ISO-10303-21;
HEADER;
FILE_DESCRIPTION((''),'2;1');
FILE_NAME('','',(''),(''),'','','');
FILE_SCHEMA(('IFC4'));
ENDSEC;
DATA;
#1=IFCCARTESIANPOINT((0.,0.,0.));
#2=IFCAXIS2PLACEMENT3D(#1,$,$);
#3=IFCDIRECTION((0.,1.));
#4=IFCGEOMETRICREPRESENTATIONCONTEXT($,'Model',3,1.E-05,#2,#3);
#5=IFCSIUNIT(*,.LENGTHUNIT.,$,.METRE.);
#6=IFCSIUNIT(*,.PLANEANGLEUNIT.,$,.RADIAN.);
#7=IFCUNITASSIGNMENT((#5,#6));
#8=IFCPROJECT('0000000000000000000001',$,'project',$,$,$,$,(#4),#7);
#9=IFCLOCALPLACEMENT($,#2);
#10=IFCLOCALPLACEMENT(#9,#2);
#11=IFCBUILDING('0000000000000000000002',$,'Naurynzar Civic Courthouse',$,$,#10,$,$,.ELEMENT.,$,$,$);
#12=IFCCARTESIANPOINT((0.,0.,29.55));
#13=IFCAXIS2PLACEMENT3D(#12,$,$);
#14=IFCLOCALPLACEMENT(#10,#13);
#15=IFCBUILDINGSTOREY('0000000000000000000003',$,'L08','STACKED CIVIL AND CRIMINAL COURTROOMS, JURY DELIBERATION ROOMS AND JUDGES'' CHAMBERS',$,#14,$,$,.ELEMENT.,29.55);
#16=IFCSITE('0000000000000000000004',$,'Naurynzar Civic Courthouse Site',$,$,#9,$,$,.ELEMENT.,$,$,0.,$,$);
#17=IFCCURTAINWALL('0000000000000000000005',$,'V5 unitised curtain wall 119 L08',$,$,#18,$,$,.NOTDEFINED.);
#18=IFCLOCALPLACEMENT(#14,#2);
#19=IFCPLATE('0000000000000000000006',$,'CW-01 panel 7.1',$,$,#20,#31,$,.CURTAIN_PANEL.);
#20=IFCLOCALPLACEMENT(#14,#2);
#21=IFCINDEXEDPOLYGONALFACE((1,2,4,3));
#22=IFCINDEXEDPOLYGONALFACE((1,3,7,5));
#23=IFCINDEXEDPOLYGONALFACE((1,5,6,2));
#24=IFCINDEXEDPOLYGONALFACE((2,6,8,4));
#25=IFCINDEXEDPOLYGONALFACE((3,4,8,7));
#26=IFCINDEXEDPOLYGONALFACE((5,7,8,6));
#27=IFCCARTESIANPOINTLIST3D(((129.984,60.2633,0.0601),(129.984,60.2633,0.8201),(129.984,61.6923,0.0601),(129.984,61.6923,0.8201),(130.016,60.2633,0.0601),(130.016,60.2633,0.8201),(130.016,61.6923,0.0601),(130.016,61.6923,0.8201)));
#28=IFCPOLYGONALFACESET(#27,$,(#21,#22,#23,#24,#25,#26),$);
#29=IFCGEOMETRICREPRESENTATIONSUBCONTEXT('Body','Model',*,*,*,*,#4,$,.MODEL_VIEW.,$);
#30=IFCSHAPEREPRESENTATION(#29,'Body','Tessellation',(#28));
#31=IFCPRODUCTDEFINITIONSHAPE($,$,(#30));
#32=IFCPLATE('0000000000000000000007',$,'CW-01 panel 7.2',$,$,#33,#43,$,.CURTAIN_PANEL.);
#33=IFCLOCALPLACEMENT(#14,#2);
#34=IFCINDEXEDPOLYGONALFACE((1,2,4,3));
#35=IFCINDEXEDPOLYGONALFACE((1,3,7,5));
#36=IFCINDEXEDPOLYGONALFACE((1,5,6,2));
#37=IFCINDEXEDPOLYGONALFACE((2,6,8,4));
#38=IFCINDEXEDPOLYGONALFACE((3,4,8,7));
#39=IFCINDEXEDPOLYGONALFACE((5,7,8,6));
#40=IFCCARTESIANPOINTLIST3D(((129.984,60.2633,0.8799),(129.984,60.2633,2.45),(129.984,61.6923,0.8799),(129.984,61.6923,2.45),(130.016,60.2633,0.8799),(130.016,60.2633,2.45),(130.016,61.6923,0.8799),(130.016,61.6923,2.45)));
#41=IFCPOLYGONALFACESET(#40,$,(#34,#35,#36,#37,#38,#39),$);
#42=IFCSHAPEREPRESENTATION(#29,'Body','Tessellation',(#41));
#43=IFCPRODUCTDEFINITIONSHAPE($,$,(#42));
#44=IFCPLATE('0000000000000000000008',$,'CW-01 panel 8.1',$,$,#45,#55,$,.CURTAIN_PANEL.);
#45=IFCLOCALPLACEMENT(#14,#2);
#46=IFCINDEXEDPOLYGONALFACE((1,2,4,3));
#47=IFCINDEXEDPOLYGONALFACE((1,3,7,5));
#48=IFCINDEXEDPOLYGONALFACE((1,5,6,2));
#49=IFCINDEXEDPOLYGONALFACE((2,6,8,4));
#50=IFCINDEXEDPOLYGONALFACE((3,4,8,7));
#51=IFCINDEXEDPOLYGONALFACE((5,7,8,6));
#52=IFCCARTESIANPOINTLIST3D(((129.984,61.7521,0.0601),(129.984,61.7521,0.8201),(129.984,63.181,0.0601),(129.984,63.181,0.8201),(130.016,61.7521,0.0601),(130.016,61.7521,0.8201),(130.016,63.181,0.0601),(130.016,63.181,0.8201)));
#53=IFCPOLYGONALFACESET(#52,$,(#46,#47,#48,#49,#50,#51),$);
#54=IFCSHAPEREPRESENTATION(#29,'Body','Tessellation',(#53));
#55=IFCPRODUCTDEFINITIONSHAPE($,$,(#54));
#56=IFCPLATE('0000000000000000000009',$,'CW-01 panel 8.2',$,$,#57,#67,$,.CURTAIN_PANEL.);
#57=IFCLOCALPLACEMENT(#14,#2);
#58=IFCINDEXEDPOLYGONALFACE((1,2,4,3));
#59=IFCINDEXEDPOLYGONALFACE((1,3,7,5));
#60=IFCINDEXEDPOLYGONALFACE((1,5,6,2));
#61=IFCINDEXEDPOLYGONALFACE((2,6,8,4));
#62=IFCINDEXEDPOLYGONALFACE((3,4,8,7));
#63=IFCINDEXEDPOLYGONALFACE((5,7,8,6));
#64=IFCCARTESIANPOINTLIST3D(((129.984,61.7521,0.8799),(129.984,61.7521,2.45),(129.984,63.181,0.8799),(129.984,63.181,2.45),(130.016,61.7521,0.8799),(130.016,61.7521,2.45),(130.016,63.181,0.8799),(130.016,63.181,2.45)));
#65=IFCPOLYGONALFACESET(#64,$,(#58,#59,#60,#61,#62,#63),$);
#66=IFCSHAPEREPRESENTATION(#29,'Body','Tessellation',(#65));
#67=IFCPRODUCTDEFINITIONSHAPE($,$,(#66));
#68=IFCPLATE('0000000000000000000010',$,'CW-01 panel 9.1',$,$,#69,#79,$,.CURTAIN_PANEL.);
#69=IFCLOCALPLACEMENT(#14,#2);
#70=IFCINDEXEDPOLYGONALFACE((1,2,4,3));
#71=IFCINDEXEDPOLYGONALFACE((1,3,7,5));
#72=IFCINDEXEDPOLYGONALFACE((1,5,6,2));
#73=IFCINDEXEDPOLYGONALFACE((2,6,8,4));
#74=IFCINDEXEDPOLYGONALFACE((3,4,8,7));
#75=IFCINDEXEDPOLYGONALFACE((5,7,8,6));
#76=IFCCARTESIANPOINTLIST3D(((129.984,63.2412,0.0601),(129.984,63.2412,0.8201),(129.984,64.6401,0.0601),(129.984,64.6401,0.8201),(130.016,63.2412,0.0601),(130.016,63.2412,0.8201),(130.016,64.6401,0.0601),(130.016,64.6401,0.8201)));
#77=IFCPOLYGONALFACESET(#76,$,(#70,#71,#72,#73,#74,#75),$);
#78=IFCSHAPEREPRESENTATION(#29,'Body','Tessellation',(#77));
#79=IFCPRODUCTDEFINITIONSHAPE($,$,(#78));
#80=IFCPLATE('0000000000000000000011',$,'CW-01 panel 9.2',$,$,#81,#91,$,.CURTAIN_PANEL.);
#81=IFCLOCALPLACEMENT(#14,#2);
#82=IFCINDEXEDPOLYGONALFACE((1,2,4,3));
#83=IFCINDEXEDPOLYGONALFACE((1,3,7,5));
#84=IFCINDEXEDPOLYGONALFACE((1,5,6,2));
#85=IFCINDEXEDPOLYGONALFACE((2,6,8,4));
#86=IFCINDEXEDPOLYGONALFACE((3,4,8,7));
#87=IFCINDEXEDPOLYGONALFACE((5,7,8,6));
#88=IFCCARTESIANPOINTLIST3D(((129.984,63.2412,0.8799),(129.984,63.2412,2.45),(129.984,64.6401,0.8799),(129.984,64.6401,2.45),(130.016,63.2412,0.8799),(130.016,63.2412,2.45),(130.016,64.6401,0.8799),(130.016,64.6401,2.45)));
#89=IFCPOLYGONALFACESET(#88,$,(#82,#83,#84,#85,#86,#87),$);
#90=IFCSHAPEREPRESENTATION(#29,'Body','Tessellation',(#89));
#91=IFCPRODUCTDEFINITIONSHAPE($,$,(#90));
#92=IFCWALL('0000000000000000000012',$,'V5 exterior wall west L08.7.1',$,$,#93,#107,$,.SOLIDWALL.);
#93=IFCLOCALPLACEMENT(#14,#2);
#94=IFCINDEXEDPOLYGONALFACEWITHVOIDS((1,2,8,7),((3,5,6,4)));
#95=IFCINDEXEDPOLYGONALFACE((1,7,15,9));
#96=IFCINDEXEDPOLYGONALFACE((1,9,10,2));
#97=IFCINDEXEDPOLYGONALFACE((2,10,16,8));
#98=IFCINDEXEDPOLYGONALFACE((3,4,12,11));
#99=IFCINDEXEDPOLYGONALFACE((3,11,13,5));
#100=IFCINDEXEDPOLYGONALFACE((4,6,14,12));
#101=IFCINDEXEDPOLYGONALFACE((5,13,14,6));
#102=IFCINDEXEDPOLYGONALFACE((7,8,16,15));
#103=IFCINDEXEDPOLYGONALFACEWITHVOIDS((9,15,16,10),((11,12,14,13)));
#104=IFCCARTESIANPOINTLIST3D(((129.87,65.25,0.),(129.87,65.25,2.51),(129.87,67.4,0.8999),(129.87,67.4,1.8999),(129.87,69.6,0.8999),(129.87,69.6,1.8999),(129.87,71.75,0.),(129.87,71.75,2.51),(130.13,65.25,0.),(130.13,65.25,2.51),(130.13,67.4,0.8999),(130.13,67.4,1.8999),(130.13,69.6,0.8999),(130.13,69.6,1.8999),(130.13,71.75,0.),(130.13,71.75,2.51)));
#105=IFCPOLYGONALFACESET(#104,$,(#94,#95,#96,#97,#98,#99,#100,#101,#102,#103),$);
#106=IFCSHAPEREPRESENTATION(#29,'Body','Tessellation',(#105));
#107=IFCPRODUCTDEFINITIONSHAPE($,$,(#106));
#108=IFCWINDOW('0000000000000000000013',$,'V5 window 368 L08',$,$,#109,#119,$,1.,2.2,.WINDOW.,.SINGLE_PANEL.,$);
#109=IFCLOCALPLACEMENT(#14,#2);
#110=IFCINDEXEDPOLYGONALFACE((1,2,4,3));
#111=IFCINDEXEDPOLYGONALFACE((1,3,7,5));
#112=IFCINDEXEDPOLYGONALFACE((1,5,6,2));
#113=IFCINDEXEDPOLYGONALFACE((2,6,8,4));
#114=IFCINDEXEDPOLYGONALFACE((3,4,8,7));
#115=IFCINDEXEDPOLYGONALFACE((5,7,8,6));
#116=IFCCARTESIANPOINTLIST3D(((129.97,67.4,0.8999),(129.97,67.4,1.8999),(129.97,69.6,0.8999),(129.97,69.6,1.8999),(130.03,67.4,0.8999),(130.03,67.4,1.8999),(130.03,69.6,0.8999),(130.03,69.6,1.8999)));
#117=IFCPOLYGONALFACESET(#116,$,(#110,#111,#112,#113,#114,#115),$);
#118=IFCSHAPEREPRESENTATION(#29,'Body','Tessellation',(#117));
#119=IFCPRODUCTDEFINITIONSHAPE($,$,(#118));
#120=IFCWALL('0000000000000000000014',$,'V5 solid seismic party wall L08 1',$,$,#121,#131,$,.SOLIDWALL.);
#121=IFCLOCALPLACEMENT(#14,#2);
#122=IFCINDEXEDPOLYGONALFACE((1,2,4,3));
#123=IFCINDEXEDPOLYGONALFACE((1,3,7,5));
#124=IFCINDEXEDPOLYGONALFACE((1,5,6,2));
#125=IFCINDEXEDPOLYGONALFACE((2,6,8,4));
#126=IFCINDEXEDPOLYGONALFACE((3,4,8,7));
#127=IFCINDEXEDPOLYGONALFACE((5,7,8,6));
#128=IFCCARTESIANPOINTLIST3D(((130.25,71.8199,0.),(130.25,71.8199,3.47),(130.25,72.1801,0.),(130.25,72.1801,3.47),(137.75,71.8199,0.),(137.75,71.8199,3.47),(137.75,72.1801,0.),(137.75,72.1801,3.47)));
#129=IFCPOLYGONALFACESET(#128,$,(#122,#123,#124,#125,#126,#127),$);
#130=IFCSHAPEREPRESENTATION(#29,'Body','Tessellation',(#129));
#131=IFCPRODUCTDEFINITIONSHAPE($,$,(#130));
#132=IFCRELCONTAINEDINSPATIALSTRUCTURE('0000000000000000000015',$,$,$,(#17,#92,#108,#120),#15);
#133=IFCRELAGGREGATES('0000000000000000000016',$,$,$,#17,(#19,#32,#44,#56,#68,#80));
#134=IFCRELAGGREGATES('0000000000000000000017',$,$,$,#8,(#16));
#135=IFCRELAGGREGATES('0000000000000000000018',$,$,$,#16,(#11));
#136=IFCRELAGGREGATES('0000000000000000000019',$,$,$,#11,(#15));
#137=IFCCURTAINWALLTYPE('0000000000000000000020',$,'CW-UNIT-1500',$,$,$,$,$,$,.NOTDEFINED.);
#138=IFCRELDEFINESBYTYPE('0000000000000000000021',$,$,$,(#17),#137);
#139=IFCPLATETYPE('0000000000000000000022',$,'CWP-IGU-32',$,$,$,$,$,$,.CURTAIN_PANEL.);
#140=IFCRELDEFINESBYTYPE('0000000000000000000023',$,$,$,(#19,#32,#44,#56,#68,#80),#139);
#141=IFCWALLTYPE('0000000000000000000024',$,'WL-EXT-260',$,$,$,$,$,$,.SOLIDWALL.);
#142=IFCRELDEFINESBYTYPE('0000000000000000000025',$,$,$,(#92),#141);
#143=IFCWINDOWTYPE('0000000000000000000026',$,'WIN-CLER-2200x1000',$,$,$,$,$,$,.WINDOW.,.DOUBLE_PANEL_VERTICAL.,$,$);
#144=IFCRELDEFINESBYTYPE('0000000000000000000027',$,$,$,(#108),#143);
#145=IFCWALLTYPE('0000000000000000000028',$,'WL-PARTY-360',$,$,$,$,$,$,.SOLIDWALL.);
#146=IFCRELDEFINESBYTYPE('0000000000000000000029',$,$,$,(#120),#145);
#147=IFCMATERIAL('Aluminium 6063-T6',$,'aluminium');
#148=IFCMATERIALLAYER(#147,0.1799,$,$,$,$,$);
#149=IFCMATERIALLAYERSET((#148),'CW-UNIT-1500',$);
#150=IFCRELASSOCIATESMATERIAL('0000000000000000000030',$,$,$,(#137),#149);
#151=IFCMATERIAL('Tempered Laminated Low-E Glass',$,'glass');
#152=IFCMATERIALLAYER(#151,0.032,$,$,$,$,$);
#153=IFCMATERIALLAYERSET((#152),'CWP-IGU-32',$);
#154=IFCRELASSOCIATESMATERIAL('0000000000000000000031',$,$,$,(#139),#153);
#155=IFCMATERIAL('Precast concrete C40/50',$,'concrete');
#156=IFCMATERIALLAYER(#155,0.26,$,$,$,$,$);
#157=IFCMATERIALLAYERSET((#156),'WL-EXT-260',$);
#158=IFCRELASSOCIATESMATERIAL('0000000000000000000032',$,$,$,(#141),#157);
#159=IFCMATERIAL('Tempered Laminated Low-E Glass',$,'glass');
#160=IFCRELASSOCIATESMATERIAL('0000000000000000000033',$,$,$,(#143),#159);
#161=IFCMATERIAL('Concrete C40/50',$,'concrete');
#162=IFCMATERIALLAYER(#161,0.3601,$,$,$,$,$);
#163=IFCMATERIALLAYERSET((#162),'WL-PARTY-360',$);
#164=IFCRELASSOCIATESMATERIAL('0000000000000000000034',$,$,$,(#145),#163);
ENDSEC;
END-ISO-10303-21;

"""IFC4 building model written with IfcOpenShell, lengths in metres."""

from ifc_helpers import new_model, si_unit, direction, frame, frame_2d, origin, origin_2d, place, context, subcontext, project, spatial, rectangle, extrude, material, layer, layer_set, type_object, element, fill, aggregate, save


model = new_model("IFC4")

# Units and contexts
model_context = context("Model", 3, precision=1e-05, world=origin(), true_north=direction((0.0, 1.0)))
body_context = subcontext(model_context, "Body", "Model", "MODEL_VIEW")
ifc_project = project(units=[si_unit("LENGTHUNIT", "METRE"), si_unit("PLANEANGLEUNIT", "RADIAN")], contexts=[model_context])

# Site, building, storey
site_placement = place(None, origin())
site = spatial("IfcSite", under=ifc_project, at=site_placement, Name="Naurynzar Civic Courthouse Site", CompositionType="ELEMENT", RefElevation=0.0)
building_placement = place(site_placement, origin())
building = spatial("IfcBuilding", under=site, at=building_placement, Name="Naurynzar Civic Courthouse", CompositionType="ELEMENT")
storey_placement = place(building_placement, frame((0.0, 0.0, 29.55)))
storey = spatial("IfcBuildingStorey", under=building, at=storey_placement, Name="L08", Description="STACKED CIVIL AND CRIMINAL COURTROOMS, JURY DELIBERATION ROOMS AND JUDGES' CHAMBERS", CompositionType="ELEMENT", Elevation=29.55)

# Curtain wall, plates
ifc_material_1 = material(Name="Aluminium 6063-T6", Category="aluminium")
ifc_layer_1 = layer(ifc_material_1, 0.1799)
ifc_layer_set_1 = layer_set([ifc_layer_1], Name="CW-UNIT-1500")
curtain_wall_type = type_object("IfcCurtainWallType", Name="CW-UNIT-1500", PredefinedType="NOTDEFINED", material=ifc_layer_set_1)
curtain_wall_placement = place(storey_placement, origin())
curtain_wall = element("IfcCurtainWall", 1, at=curtain_wall_placement, inside=storey, type_object=curtain_wall_type, Name="V5 unitised curtain wall 119 L08", PredefinedType="NOTDEFINED")
ifc_material_2 = material(Name="Tempered Laminated Low-E Glass", Category="glass")
ifc_layer_2 = layer(ifc_material_2, 0.032)
ifc_layer_set_2 = layer_set([ifc_layer_2], Name="CWP-IGU-32")
plate_type = type_object("IfcPlateType", Name="CWP-IGU-32", PredefinedType="CURTAIN_PANEL", material=ifc_layer_set_2)
plate_1_placement = place(storey_placement, frame((130.0, 60.9778, 0.0601), z_axis=(0.0, 0.0, 1.0), x_axis=(0.0, 1.0, 0.0)))
plate_1 = element("IfcPlate", 2, at=plate_1_placement, type_object=plate_type, Name="CW-01 panel 7.1", PredefinedType="CURTAIN_PANEL", context=body_context, shape_type="SweptSolid", body=[
    extrude(rectangle(XDim=1.429, YDim=0.032, at=origin_2d()), origin(), (0.0, 0.0, 1.0), 0.76),
])
plate_2_placement = place(storey_placement, frame((130.0, 60.9778, 0.8799), z_axis=(0.0, 0.0, 1.0), x_axis=(0.0, 1.0, 0.0)))
plate_2 = element("IfcPlate", 3, at=plate_2_placement, type_object=plate_type, Name="CW-01 panel 7.2", PredefinedType="CURTAIN_PANEL", context=body_context, shape_type="SweptSolid", body=[
    extrude(rectangle(XDim=1.429, YDim=0.032, at=origin_2d()), origin(), (0.0, 0.0, 1.0), 1.5701),
])
plate_3_placement = place(storey_placement, frame((130.0, 62.4666, 0.0601), z_axis=(0.0, 0.0, 1.0), x_axis=(0.0, 1.0, 0.0)))
plate_3 = element("IfcPlate", 4, at=plate_3_placement, type_object=plate_type, Name="CW-01 panel 8.1", PredefinedType="CURTAIN_PANEL", context=body_context, shape_type="SweptSolid", body=[
    extrude(rectangle(XDim=1.429, YDim=0.032, at=origin_2d()), origin(), (0.0, 0.0, 1.0), 0.76),
])
plate_4_placement = place(storey_placement, frame((130.0, 62.4666, 0.8799), z_axis=(0.0, 0.0, 1.0), x_axis=(0.0, 1.0, 0.0)))
plate_4 = element("IfcPlate", 5, at=plate_4_placement, type_object=plate_type, Name="CW-01 panel 8.2", PredefinedType="CURTAIN_PANEL", context=body_context, shape_type="SweptSolid", body=[
    extrude(rectangle(XDim=1.429, YDim=0.032, at=origin_2d()), origin(), (0.0, 0.0, 1.0), 1.5701),
])
plate_5_placement = place(storey_placement, frame((130.0, 63.9407, 0.0601), z_axis=(0.0, 0.0, 1.0), x_axis=(0.0, 1.0, 0.0)))
plate_5 = element("IfcPlate", 6, at=plate_5_placement, type_object=plate_type, Name="CW-01 panel 9.1", PredefinedType="CURTAIN_PANEL", context=body_context, shape_type="SweptSolid", body=[
    extrude(rectangle(XDim=1.3989, YDim=0.032, at=origin_2d()), origin(), (0.0, 0.0, 1.0), 0.76),
])
plate_6_placement = place(storey_placement, frame((130.0, 63.9407, 0.8799), z_axis=(0.0, 0.0, 1.0), x_axis=(0.0, 1.0, 0.0)))
plate_6 = element("IfcPlate", 7, at=plate_6_placement, type_object=plate_type, Name="CW-01 panel 9.2", PredefinedType="CURTAIN_PANEL", context=body_context, shape_type="SweptSolid", body=[
    extrude(rectangle(XDim=1.3989, YDim=0.032, at=origin_2d()), origin(), (0.0, 0.0, 1.0), 1.5701),
])
aggregate(curtain_wall, [plate_1, plate_2, plate_3, plate_4, plate_5, plate_6])

# Wall, opening, window
ifc_material_3 = material(Name="Precast concrete C40/50", Category="concrete")
ifc_layer_3 = layer(ifc_material_3, 0.26)
ifc_layer_set_3 = layer_set([ifc_layer_3], Name="WL-EXT-260")
wall_type_1 = type_object("IfcWallType", Name="WL-EXT-260", PredefinedType="SOLIDWALL", material=ifc_layer_set_3)
wall_1_placement = place(storey_placement, frame((130.0, 65.25, 0.0), z_axis=(0.0, 0.0, 1.0), x_axis=(0.0, 1.0, 0.0)))
wall_1 = element("IfcWall", 8, at=wall_1_placement, inside=storey, type_object=wall_type_1, Name="V5 exterior wall west L08.7.1", PredefinedType="SOLIDWALL", context=body_context, shape_type="SweptSolid", body=[
    extrude(rectangle(XDim=6.5, YDim=0.26, at=frame_2d((3.25, 0.0))), origin(), (0.0, 0.0, 1.0), 2.51),
])
opening_placement = place(wall_1_placement, frame((2.1499, 0.0, 0.8999)))
opening = element("IfcOpeningElement", 9, at=opening_placement, cuts=wall_1, PredefinedType="OPENING", context=body_context, shape_type="SweptSolid", body=[
    extrude(rectangle(XDim=2.2, YDim=1.0, at=frame_2d((1.1001, 0.5))), frame((0.0, 0.1399, 0.0), z_axis=(0.0, -1.0, 0.0), x_axis=(1.0, 0.0, 0.0)), (0.0, 0.0, 1.0), 0.28),
])
ifc_material_4 = material(Name="Tempered Laminated Low-E Glass", Category="glass")
window_type = type_object("IfcWindowType", Name="WIN-CLER-2200x1000", PartitioningType="DOUBLE_PANEL_VERTICAL", PredefinedType="WINDOW", material=ifc_material_4)
window_placement = place(opening_placement, origin())
window = element("IfcWindow", 10, at=window_placement, inside=storey, type_object=window_type, Name="V5 window 368 L08", OverallHeight=1.0, OverallWidth=2.2, PartitioningType="SINGLE_PANEL", PredefinedType="WINDOW", context=body_context, shape_type="SweptSolid", body=[
    extrude(rectangle(XDim=2.2, YDim=1.0, at=frame_2d((1.1001, 0.5))), frame((0.0, 0.03, 0.0), z_axis=(0.0, -1.0, 0.0), x_axis=(1.0, 0.0, 0.0)), (0.0, 0.0, 1.0), 0.0601),
])
fill(opening, window)

# Wall
ifc_material_5 = material(Name="Concrete C40/50", Category="concrete")
ifc_layer_4 = layer(ifc_material_5, 0.3601)
ifc_layer_set_4 = layer_set([ifc_layer_4], Name="WL-PARTY-360")
wall_type_2 = type_object("IfcWallType", Name="WL-PARTY-360", PredefinedType="SOLIDWALL", material=ifc_layer_set_4)
wall_2_placement = place(storey_placement, frame((130.25, 72.0, 0.0), z_axis=(0.0, 0.0, 1.0), x_axis=(1.0, 0.0, 0.0)))
element("IfcWall", 11, at=wall_2_placement, inside=storey, type_object=wall_type_2, Name="V5 solid seismic party wall L08 1", PredefinedType="SOLIDWALL", context=body_context, shape_type="SweptSolid", body=[
    extrude(rectangle(XDim=7.5, YDim=0.3601, at=frame_2d((3.75, 0.0))), origin(), (0.0, 0.0, 1.0), 3.47),
])

save(model, "model.ifc")
